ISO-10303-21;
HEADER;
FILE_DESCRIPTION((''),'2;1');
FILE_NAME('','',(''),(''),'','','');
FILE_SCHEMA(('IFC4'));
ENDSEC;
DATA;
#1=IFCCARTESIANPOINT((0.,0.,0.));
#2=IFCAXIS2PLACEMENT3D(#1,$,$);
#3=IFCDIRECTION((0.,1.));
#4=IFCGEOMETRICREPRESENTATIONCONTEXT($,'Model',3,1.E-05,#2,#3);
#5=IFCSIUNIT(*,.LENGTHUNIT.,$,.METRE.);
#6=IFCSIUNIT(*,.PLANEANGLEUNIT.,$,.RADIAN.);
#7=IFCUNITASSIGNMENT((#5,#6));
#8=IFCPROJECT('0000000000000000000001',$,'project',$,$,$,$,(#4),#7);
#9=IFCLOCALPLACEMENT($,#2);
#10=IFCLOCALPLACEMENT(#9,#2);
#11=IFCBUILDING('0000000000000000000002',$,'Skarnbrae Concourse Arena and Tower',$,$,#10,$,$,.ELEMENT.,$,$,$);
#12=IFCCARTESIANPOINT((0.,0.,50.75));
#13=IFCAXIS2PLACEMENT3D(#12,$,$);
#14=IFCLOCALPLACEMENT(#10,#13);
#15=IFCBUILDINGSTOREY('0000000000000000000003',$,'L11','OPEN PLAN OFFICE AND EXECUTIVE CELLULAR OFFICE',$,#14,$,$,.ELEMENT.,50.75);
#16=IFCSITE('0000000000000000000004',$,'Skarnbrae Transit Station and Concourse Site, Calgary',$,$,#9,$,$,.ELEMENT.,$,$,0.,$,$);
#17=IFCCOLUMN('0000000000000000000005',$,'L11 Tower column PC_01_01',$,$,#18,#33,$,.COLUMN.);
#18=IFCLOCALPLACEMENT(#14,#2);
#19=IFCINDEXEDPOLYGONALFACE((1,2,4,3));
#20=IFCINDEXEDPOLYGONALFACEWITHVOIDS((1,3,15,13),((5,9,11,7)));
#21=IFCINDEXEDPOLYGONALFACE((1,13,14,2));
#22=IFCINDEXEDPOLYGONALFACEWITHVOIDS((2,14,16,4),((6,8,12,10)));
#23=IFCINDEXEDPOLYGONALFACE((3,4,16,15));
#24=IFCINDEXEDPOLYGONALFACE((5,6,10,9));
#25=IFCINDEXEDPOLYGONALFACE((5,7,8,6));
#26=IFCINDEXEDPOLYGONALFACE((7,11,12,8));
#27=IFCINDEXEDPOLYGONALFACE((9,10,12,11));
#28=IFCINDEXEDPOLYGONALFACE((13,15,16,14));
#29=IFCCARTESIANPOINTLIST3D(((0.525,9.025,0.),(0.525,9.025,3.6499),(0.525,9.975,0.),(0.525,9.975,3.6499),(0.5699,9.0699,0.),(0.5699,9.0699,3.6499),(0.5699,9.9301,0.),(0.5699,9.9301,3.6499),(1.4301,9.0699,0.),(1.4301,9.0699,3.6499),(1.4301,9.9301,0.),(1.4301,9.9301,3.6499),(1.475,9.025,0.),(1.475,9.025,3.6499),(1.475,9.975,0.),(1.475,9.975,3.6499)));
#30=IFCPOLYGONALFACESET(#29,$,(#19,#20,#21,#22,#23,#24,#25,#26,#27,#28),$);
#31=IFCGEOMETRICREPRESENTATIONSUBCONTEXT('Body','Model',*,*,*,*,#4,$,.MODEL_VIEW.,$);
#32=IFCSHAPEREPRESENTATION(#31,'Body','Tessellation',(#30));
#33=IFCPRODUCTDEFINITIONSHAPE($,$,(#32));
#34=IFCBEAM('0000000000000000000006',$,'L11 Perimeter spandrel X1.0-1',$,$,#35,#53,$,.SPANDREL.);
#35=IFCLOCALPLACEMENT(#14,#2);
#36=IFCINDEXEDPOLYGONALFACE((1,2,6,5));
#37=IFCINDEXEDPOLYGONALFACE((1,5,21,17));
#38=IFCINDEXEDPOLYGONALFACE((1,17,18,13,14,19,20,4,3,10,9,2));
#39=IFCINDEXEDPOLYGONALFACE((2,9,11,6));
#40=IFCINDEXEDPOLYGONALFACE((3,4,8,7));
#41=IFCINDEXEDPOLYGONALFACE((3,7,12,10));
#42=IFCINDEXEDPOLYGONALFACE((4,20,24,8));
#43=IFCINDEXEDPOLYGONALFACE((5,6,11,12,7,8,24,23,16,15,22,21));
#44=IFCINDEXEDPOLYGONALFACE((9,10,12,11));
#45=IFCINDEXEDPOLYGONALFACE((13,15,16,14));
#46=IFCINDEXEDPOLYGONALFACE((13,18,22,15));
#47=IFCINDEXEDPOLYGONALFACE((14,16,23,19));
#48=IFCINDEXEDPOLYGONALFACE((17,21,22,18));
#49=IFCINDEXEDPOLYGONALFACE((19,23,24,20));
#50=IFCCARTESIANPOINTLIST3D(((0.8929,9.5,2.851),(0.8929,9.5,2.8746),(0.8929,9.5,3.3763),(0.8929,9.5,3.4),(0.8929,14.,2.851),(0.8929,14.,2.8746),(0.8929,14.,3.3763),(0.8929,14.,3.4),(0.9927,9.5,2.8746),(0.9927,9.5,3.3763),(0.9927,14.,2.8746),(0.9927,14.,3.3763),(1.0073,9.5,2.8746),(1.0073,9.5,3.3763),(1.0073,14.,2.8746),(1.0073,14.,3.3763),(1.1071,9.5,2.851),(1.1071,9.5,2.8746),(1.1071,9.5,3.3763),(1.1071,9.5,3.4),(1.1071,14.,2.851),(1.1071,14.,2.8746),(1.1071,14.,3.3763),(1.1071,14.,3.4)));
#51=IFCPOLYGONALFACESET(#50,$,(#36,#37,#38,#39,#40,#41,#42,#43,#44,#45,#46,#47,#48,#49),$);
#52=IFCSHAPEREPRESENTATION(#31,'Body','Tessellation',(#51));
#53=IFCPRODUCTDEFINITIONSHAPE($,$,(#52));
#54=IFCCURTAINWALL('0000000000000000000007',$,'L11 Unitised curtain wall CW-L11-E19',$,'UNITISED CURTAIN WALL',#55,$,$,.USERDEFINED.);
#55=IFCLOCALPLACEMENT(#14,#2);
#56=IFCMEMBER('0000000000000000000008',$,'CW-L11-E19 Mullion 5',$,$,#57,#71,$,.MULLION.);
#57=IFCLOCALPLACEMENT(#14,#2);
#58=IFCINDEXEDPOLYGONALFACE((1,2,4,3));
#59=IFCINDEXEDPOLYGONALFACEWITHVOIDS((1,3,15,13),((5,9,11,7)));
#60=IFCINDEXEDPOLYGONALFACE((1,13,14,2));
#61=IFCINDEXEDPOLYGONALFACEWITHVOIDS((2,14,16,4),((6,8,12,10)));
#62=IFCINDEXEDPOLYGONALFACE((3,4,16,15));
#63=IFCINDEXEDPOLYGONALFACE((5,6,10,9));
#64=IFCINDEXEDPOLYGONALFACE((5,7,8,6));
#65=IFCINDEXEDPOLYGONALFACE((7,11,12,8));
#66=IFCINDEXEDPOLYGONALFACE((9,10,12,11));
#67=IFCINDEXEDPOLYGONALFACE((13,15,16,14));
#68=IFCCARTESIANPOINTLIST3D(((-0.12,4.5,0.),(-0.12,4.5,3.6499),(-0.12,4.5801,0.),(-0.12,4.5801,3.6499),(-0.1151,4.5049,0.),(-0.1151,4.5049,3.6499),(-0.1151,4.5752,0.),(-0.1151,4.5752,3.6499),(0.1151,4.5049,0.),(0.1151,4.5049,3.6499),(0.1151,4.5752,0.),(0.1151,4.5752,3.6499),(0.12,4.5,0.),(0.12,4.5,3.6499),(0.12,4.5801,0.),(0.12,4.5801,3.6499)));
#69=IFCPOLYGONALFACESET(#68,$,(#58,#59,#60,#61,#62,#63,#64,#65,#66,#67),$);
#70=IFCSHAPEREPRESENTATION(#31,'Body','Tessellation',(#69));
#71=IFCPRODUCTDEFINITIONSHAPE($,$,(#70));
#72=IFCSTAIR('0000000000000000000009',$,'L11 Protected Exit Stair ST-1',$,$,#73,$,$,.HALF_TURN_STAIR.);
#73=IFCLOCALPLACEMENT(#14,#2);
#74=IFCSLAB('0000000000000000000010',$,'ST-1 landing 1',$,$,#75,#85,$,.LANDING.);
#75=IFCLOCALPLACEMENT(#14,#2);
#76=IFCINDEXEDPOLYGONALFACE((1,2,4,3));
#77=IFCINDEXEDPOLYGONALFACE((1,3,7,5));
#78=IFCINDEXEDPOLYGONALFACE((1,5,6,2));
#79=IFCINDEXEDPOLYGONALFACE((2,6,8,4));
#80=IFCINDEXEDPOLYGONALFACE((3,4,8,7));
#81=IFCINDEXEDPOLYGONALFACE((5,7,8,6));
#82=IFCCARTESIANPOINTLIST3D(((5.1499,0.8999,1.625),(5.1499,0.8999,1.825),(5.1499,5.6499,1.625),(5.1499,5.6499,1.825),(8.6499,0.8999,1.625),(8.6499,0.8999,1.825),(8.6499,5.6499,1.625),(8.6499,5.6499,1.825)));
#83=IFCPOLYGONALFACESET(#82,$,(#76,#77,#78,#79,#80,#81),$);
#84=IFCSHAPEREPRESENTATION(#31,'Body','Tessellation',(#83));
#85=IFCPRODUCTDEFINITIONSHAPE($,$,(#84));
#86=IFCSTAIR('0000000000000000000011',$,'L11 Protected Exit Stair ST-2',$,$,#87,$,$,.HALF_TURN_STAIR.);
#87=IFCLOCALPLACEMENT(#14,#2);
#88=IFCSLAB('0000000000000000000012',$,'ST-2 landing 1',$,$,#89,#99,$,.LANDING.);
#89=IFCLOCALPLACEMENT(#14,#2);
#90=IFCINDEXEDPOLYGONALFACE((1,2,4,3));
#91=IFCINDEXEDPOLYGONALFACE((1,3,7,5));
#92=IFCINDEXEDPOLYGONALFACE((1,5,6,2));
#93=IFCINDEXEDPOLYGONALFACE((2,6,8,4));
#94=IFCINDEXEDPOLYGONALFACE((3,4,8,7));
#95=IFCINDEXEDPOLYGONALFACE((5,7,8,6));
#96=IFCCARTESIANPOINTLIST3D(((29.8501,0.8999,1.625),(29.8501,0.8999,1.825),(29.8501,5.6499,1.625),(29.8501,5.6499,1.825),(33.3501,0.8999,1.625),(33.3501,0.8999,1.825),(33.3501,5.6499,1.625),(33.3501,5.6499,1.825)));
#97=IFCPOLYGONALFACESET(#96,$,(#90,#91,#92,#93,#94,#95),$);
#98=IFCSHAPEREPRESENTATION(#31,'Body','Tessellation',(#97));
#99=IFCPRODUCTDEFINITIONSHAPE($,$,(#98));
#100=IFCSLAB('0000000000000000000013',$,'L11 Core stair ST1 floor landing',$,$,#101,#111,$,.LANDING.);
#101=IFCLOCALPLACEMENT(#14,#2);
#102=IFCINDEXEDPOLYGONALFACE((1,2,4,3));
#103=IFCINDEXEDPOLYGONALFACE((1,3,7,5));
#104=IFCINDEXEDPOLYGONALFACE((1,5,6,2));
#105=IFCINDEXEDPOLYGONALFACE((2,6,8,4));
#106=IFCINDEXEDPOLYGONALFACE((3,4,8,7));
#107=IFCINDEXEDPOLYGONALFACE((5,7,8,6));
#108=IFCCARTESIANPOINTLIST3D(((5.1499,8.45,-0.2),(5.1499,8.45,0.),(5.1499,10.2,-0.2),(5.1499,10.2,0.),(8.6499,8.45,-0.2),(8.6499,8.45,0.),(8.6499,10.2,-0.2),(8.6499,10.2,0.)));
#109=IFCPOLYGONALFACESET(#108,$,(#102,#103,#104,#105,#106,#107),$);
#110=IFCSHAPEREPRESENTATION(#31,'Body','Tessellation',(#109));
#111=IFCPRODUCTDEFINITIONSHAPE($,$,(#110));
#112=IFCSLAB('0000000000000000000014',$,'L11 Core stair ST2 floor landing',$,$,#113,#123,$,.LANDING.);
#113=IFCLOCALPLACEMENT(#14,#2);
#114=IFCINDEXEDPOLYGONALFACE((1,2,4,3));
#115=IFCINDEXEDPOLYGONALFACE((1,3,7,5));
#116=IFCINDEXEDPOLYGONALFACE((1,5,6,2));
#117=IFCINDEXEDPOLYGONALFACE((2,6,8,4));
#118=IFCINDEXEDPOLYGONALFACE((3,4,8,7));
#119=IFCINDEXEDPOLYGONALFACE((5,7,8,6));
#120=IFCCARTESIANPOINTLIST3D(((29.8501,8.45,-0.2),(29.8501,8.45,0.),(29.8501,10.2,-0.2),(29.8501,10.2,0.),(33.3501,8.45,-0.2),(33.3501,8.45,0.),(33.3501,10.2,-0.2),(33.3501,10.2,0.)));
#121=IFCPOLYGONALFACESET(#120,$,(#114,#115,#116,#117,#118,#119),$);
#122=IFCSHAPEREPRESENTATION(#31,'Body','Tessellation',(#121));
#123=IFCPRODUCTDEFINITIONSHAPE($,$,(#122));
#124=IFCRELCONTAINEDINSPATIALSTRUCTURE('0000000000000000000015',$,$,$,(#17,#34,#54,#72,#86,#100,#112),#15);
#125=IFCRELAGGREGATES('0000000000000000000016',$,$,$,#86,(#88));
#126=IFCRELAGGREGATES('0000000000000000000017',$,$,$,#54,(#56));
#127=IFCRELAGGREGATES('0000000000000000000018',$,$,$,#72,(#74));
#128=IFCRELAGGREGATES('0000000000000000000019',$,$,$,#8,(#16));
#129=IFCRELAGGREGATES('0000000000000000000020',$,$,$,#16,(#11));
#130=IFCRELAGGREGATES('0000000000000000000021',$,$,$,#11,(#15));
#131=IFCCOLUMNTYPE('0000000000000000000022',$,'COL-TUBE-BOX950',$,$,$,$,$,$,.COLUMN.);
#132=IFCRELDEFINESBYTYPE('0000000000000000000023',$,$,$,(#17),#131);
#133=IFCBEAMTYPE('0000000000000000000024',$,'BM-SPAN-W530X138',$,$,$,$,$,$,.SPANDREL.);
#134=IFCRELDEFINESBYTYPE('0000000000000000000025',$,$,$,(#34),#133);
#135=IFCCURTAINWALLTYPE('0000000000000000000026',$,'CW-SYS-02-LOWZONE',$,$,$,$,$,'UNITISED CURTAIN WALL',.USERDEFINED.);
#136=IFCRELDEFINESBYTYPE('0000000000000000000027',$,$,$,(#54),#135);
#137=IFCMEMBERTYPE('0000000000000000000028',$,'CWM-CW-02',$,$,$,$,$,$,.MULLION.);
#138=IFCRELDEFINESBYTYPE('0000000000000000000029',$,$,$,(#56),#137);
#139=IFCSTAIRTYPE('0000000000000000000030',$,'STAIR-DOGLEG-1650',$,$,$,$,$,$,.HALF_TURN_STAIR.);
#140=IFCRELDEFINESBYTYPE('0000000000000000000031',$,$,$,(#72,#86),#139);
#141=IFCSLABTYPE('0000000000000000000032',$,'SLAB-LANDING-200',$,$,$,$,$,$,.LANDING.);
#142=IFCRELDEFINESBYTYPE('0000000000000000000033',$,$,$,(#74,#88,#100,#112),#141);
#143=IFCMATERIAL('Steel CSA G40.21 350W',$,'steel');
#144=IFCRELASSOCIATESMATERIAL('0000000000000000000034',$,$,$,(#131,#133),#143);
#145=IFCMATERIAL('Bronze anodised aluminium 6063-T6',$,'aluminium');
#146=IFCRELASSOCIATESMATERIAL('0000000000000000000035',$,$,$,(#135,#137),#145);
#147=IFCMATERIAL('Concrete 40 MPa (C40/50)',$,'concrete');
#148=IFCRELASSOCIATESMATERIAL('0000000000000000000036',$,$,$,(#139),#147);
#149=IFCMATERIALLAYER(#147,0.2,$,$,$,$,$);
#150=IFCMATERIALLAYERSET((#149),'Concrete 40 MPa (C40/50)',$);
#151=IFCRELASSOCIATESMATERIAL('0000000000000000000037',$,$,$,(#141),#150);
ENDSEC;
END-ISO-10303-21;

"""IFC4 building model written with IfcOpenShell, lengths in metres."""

from ifc_helpers import new_model, si_unit, direction, frame, origin, origin_2d, place, context, subcontext, project, spatial, polyline, hollow_rectangle, i_section, outline, extrude, source, transform, mapped, material, layer, layer_set, material_profile, profile_set, type_object, element, aggregate, save


model = new_model("IFC4")

# Units and contexts
model_context = context("Model", 3, precision=1e-05, world=origin(), true_north=direction((0.0, 1.0)))
body_context = subcontext(model_context, "Body", "Model", "MODEL_VIEW")
ifc_project = project(units=[si_unit("LENGTHUNIT", "METRE"), si_unit("PLANEANGLEUNIT", "RADIAN")], contexts=[model_context])

# Site, building, storey
site_placement = place(None, origin())
site = spatial("IfcSite", under=ifc_project, at=site_placement, Name="Skarnbrae Transit Station and Concourse Site, Calgary", CompositionType="ELEMENT", RefElevation=0.0)
building_placement = place(site_placement, origin())
building = spatial("IfcBuilding", under=site, at=building_placement, Name="Skarnbrae Concourse Arena and Tower", CompositionType="ELEMENT")
storey_placement = place(building_placement, frame((0.0, 0.0, 50.75)))
storey = spatial("IfcBuildingStorey", under=building, at=storey_placement, Name="L11", Description="OPEN PLAN OFFICE AND EXECUTIVE CELLULAR OFFICE", CompositionType="ELEMENT", Elevation=50.75)

# Column
ifc_material_1 = material(Name="Steel CSA G40.21 350W", Category="steel")
ifc_material_profile_1 = material_profile(ifc_material_1, hollow_rectangle(XDim=0.95, YDim=0.95, WallThickness=0.0449, at=origin_2d()), Name="BOX950X950X45")
ifc_profile_set_1 = profile_set([ifc_material_profile_1], Name="Steel CSA G40.21 350W")
column_type = type_object("IfcColumnType", Name="COL-TUBE-BOX950", PredefinedType="COLUMN", material=ifc_profile_set_1)
shared_shape_1 = source(origin(), body_context, "Body", "SweptSolid", [
    extrude(hollow_rectangle(XDim=0.95, YDim=0.95, WallThickness=0.0449, at=origin_2d()), origin(), (0.0, 0.0, 1.0), 3.6499),
])
column_placement = place(storey_placement, frame((1.0, 9.5, 0.0), z_axis=(0.0, 0.0, 1.0), x_axis=(1.0, 0.0, 0.0)))
element("IfcColumn", 1, at=column_placement, inside=storey, type_object=column_type, Name="L11 Tower column PC_01_01", PredefinedType="COLUMN", context=body_context, shape_type="MappedRepresentation", body=[
    mapped(shared_shape_1, transform((0.0, 0.0, 0.0))),
])

# Beam
ifc_material_profile_2 = material_profile(ifc_material_1, i_section(OverallWidth=0.2141, OverallDepth=0.5491, WebThickness=0.0146, FlangeThickness=0.0237, at=origin_2d()), Name="W530X138")
ifc_profile_set_2 = profile_set([ifc_material_profile_2], Name="Steel CSA G40.21 350W")
beam_type = type_object("IfcBeamType", Name="BM-SPAN-W530X138", PredefinedType="SPANDREL", material=ifc_profile_set_2)
shared_shape_2 = source(origin(), body_context, "Body", "SweptSolid", [
    extrude(i_section(OverallWidth=0.2141, OverallDepth=0.5491, WebThickness=0.0146, FlangeThickness=0.0237, at=origin_2d()), origin(), (0.0, 0.0, 1.0), 4.5),
])
beam_placement = place(storey_placement, frame((1.0, 9.5, 3.1255), z_axis=(0.0, 1.0, 0.0), x_axis=(-1.0, 0.0, 0.0)))
element("IfcBeam", 2, at=beam_placement, inside=storey, type_object=beam_type, Name="L11 Perimeter spandrel X1.0-1", PredefinedType="SPANDREL", context=body_context, shape_type="MappedRepresentation", body=[
    mapped(shared_shape_2, transform((0.0, 0.0, 0.0))),
])

# Curtain wall, member
ifc_material_2 = material(Name="Bronze anodised aluminium 6063-T6", Category="aluminium")
curtain_wall_type = type_object("IfcCurtainWallType", Name="CW-SYS-02-LOWZONE", ElementType="UNITISED CURTAIN WALL", PredefinedType="USERDEFINED", material=ifc_material_2)
curtain_wall_placement = place(storey_placement, origin())
curtain_wall = element("IfcCurtainWall", 3, at=curtain_wall_placement, inside=storey, type_object=curtain_wall_type, Name="L11 Unitised curtain wall CW-L11-E19", ObjectType="UNITISED CURTAIN WALL", PredefinedType="USERDEFINED")
ifc_material_profile_3 = material_profile(ifc_material_2, hollow_rectangle(XDim=0.0801, YDim=0.24, WallThickness=0.0049, at=origin_2d()), Name="ALU-MULL-80X240")
ifc_profile_set_3 = profile_set([ifc_material_profile_3], Name="Bronze anodised aluminium 6063-T6")
member_type = type_object("IfcMemberType", Name="CWM-CW-02", PredefinedType="MULLION", material=ifc_profile_set_3)
shared_shape_3 = source(origin(), body_context, "Body", "SweptSolid", [
    extrude(hollow_rectangle(XDim=0.0801, YDim=0.24, WallThickness=0.0049, at=origin_2d()), origin(), (0.0, 0.0, 1.0), 3.6499),
])
member_placement = place(storey_placement, frame((0.0, 4.54, 0.0), z_axis=(0.0, 0.0, 1.0), x_axis=(0.0, -1.0, 0.0)))
member = element("IfcMember", 4, at=member_placement, type_object=member_type, Name="CW-L11-E19 Mullion 5", PredefinedType="MULLION", context=body_context, shape_type="MappedRepresentation", body=[
    mapped(shared_shape_3, transform((0.0, 0.0, 0.0))),
])

# Stairs, slabs
ifc_material_3 = material(Name="Concrete 40 MPa (C40/50)", Category="concrete")
stair_type = type_object("IfcStairType", Name="STAIR-DOGLEG-1650", PredefinedType="HALF_TURN_STAIR", material=ifc_material_3)
stair_1_placement = place(storey_placement, origin())
stair_1 = element("IfcStair", 5, at=stair_1_placement, inside=storey, type_object=stair_type, Name="L11 Protected Exit Stair ST-1", PredefinedType="HALF_TURN_STAIR")
ifc_layer_1 = layer(ifc_material_3, 0.2)
ifc_layer_set_1 = layer_set([ifc_layer_1], Name="Concrete 40 MPa (C40/50)")
slab_type_1 = type_object("IfcSlabType", Name="SLAB-LANDING-200", PredefinedType="LANDING", material=ifc_layer_set_1)
slab_1_placement = place(storey_placement, frame((0.0, 0.0, 1.625)))
slab_1 = element("IfcSlab", 6, at=slab_1_placement, type_object=slab_type_1, Name="ST-1 landing 1", PredefinedType="LANDING", context=body_context, shape_type="SweptSolid", body=[
    extrude(outline(polyline([(5.1499, 5.6499), (5.1499, 0.8999), (8.6499, 0.8999), (8.6499, 5.6499), (5.1499, 5.6499)])), origin(), (0.0, 0.0, 1.0), 0.2),
])
stair_2_placement = place(storey_placement, origin())
stair_2 = element("IfcStair", 7, at=stair_2_placement, inside=storey, type_object=stair_type, Name="L11 Protected Exit Stair ST-2", PredefinedType="HALF_TURN_STAIR")
slab_2_placement = place(storey_placement, frame((0.0, 0.0, 1.625)))
slab_2 = element("IfcSlab", 8, at=slab_2_placement, type_object=slab_type_1, Name="ST-2 landing 1", PredefinedType="LANDING", context=body_context, shape_type="SweptSolid", body=[
    extrude(outline(polyline([(29.8501, 5.6499), (29.8501, 0.8999), (33.3501, 0.8999), (33.3501, 5.6499), (29.8501, 5.6499)])), origin(), (0.0, 0.0, 1.0), 0.2),
])
aggregate(stair_2, [slab_2])

# Slabs
slab_3_placement = place(storey_placement, frame((0.0, 0.0, -0.2)))
element("IfcSlab", 9, at=slab_3_placement, inside=storey, type_object=slab_type_1, Name="L11 Core stair ST1 floor landing", PredefinedType="LANDING", context=body_context, shape_type="SweptSolid", body=[
    extrude(outline(polyline([(5.1499, 10.2), (5.1499, 8.45), (8.6499, 8.45), (8.6499, 10.2), (5.1499, 10.2)])), origin(), (0.0, 0.0, 1.0), 0.2),
])
slab_4_placement = place(storey_placement, frame((0.0, 0.0, -0.2)))
element("IfcSlab", 10, at=slab_4_placement, inside=storey, type_object=slab_type_1, Name="L11 Core stair ST2 floor landing", PredefinedType="LANDING", context=body_context, shape_type="SweptSolid", body=[
    extrude(outline(polyline([(29.8501, 10.2), (29.8501, 8.45), (33.3501, 8.45), (33.3501, 10.2), (29.8501, 10.2)])), origin(), (0.0, 0.0, 1.0), 0.2),
])

aggregate(curtain_wall, [member])

aggregate(stair_1, [slab_1])

save(model, "model.ifc")
